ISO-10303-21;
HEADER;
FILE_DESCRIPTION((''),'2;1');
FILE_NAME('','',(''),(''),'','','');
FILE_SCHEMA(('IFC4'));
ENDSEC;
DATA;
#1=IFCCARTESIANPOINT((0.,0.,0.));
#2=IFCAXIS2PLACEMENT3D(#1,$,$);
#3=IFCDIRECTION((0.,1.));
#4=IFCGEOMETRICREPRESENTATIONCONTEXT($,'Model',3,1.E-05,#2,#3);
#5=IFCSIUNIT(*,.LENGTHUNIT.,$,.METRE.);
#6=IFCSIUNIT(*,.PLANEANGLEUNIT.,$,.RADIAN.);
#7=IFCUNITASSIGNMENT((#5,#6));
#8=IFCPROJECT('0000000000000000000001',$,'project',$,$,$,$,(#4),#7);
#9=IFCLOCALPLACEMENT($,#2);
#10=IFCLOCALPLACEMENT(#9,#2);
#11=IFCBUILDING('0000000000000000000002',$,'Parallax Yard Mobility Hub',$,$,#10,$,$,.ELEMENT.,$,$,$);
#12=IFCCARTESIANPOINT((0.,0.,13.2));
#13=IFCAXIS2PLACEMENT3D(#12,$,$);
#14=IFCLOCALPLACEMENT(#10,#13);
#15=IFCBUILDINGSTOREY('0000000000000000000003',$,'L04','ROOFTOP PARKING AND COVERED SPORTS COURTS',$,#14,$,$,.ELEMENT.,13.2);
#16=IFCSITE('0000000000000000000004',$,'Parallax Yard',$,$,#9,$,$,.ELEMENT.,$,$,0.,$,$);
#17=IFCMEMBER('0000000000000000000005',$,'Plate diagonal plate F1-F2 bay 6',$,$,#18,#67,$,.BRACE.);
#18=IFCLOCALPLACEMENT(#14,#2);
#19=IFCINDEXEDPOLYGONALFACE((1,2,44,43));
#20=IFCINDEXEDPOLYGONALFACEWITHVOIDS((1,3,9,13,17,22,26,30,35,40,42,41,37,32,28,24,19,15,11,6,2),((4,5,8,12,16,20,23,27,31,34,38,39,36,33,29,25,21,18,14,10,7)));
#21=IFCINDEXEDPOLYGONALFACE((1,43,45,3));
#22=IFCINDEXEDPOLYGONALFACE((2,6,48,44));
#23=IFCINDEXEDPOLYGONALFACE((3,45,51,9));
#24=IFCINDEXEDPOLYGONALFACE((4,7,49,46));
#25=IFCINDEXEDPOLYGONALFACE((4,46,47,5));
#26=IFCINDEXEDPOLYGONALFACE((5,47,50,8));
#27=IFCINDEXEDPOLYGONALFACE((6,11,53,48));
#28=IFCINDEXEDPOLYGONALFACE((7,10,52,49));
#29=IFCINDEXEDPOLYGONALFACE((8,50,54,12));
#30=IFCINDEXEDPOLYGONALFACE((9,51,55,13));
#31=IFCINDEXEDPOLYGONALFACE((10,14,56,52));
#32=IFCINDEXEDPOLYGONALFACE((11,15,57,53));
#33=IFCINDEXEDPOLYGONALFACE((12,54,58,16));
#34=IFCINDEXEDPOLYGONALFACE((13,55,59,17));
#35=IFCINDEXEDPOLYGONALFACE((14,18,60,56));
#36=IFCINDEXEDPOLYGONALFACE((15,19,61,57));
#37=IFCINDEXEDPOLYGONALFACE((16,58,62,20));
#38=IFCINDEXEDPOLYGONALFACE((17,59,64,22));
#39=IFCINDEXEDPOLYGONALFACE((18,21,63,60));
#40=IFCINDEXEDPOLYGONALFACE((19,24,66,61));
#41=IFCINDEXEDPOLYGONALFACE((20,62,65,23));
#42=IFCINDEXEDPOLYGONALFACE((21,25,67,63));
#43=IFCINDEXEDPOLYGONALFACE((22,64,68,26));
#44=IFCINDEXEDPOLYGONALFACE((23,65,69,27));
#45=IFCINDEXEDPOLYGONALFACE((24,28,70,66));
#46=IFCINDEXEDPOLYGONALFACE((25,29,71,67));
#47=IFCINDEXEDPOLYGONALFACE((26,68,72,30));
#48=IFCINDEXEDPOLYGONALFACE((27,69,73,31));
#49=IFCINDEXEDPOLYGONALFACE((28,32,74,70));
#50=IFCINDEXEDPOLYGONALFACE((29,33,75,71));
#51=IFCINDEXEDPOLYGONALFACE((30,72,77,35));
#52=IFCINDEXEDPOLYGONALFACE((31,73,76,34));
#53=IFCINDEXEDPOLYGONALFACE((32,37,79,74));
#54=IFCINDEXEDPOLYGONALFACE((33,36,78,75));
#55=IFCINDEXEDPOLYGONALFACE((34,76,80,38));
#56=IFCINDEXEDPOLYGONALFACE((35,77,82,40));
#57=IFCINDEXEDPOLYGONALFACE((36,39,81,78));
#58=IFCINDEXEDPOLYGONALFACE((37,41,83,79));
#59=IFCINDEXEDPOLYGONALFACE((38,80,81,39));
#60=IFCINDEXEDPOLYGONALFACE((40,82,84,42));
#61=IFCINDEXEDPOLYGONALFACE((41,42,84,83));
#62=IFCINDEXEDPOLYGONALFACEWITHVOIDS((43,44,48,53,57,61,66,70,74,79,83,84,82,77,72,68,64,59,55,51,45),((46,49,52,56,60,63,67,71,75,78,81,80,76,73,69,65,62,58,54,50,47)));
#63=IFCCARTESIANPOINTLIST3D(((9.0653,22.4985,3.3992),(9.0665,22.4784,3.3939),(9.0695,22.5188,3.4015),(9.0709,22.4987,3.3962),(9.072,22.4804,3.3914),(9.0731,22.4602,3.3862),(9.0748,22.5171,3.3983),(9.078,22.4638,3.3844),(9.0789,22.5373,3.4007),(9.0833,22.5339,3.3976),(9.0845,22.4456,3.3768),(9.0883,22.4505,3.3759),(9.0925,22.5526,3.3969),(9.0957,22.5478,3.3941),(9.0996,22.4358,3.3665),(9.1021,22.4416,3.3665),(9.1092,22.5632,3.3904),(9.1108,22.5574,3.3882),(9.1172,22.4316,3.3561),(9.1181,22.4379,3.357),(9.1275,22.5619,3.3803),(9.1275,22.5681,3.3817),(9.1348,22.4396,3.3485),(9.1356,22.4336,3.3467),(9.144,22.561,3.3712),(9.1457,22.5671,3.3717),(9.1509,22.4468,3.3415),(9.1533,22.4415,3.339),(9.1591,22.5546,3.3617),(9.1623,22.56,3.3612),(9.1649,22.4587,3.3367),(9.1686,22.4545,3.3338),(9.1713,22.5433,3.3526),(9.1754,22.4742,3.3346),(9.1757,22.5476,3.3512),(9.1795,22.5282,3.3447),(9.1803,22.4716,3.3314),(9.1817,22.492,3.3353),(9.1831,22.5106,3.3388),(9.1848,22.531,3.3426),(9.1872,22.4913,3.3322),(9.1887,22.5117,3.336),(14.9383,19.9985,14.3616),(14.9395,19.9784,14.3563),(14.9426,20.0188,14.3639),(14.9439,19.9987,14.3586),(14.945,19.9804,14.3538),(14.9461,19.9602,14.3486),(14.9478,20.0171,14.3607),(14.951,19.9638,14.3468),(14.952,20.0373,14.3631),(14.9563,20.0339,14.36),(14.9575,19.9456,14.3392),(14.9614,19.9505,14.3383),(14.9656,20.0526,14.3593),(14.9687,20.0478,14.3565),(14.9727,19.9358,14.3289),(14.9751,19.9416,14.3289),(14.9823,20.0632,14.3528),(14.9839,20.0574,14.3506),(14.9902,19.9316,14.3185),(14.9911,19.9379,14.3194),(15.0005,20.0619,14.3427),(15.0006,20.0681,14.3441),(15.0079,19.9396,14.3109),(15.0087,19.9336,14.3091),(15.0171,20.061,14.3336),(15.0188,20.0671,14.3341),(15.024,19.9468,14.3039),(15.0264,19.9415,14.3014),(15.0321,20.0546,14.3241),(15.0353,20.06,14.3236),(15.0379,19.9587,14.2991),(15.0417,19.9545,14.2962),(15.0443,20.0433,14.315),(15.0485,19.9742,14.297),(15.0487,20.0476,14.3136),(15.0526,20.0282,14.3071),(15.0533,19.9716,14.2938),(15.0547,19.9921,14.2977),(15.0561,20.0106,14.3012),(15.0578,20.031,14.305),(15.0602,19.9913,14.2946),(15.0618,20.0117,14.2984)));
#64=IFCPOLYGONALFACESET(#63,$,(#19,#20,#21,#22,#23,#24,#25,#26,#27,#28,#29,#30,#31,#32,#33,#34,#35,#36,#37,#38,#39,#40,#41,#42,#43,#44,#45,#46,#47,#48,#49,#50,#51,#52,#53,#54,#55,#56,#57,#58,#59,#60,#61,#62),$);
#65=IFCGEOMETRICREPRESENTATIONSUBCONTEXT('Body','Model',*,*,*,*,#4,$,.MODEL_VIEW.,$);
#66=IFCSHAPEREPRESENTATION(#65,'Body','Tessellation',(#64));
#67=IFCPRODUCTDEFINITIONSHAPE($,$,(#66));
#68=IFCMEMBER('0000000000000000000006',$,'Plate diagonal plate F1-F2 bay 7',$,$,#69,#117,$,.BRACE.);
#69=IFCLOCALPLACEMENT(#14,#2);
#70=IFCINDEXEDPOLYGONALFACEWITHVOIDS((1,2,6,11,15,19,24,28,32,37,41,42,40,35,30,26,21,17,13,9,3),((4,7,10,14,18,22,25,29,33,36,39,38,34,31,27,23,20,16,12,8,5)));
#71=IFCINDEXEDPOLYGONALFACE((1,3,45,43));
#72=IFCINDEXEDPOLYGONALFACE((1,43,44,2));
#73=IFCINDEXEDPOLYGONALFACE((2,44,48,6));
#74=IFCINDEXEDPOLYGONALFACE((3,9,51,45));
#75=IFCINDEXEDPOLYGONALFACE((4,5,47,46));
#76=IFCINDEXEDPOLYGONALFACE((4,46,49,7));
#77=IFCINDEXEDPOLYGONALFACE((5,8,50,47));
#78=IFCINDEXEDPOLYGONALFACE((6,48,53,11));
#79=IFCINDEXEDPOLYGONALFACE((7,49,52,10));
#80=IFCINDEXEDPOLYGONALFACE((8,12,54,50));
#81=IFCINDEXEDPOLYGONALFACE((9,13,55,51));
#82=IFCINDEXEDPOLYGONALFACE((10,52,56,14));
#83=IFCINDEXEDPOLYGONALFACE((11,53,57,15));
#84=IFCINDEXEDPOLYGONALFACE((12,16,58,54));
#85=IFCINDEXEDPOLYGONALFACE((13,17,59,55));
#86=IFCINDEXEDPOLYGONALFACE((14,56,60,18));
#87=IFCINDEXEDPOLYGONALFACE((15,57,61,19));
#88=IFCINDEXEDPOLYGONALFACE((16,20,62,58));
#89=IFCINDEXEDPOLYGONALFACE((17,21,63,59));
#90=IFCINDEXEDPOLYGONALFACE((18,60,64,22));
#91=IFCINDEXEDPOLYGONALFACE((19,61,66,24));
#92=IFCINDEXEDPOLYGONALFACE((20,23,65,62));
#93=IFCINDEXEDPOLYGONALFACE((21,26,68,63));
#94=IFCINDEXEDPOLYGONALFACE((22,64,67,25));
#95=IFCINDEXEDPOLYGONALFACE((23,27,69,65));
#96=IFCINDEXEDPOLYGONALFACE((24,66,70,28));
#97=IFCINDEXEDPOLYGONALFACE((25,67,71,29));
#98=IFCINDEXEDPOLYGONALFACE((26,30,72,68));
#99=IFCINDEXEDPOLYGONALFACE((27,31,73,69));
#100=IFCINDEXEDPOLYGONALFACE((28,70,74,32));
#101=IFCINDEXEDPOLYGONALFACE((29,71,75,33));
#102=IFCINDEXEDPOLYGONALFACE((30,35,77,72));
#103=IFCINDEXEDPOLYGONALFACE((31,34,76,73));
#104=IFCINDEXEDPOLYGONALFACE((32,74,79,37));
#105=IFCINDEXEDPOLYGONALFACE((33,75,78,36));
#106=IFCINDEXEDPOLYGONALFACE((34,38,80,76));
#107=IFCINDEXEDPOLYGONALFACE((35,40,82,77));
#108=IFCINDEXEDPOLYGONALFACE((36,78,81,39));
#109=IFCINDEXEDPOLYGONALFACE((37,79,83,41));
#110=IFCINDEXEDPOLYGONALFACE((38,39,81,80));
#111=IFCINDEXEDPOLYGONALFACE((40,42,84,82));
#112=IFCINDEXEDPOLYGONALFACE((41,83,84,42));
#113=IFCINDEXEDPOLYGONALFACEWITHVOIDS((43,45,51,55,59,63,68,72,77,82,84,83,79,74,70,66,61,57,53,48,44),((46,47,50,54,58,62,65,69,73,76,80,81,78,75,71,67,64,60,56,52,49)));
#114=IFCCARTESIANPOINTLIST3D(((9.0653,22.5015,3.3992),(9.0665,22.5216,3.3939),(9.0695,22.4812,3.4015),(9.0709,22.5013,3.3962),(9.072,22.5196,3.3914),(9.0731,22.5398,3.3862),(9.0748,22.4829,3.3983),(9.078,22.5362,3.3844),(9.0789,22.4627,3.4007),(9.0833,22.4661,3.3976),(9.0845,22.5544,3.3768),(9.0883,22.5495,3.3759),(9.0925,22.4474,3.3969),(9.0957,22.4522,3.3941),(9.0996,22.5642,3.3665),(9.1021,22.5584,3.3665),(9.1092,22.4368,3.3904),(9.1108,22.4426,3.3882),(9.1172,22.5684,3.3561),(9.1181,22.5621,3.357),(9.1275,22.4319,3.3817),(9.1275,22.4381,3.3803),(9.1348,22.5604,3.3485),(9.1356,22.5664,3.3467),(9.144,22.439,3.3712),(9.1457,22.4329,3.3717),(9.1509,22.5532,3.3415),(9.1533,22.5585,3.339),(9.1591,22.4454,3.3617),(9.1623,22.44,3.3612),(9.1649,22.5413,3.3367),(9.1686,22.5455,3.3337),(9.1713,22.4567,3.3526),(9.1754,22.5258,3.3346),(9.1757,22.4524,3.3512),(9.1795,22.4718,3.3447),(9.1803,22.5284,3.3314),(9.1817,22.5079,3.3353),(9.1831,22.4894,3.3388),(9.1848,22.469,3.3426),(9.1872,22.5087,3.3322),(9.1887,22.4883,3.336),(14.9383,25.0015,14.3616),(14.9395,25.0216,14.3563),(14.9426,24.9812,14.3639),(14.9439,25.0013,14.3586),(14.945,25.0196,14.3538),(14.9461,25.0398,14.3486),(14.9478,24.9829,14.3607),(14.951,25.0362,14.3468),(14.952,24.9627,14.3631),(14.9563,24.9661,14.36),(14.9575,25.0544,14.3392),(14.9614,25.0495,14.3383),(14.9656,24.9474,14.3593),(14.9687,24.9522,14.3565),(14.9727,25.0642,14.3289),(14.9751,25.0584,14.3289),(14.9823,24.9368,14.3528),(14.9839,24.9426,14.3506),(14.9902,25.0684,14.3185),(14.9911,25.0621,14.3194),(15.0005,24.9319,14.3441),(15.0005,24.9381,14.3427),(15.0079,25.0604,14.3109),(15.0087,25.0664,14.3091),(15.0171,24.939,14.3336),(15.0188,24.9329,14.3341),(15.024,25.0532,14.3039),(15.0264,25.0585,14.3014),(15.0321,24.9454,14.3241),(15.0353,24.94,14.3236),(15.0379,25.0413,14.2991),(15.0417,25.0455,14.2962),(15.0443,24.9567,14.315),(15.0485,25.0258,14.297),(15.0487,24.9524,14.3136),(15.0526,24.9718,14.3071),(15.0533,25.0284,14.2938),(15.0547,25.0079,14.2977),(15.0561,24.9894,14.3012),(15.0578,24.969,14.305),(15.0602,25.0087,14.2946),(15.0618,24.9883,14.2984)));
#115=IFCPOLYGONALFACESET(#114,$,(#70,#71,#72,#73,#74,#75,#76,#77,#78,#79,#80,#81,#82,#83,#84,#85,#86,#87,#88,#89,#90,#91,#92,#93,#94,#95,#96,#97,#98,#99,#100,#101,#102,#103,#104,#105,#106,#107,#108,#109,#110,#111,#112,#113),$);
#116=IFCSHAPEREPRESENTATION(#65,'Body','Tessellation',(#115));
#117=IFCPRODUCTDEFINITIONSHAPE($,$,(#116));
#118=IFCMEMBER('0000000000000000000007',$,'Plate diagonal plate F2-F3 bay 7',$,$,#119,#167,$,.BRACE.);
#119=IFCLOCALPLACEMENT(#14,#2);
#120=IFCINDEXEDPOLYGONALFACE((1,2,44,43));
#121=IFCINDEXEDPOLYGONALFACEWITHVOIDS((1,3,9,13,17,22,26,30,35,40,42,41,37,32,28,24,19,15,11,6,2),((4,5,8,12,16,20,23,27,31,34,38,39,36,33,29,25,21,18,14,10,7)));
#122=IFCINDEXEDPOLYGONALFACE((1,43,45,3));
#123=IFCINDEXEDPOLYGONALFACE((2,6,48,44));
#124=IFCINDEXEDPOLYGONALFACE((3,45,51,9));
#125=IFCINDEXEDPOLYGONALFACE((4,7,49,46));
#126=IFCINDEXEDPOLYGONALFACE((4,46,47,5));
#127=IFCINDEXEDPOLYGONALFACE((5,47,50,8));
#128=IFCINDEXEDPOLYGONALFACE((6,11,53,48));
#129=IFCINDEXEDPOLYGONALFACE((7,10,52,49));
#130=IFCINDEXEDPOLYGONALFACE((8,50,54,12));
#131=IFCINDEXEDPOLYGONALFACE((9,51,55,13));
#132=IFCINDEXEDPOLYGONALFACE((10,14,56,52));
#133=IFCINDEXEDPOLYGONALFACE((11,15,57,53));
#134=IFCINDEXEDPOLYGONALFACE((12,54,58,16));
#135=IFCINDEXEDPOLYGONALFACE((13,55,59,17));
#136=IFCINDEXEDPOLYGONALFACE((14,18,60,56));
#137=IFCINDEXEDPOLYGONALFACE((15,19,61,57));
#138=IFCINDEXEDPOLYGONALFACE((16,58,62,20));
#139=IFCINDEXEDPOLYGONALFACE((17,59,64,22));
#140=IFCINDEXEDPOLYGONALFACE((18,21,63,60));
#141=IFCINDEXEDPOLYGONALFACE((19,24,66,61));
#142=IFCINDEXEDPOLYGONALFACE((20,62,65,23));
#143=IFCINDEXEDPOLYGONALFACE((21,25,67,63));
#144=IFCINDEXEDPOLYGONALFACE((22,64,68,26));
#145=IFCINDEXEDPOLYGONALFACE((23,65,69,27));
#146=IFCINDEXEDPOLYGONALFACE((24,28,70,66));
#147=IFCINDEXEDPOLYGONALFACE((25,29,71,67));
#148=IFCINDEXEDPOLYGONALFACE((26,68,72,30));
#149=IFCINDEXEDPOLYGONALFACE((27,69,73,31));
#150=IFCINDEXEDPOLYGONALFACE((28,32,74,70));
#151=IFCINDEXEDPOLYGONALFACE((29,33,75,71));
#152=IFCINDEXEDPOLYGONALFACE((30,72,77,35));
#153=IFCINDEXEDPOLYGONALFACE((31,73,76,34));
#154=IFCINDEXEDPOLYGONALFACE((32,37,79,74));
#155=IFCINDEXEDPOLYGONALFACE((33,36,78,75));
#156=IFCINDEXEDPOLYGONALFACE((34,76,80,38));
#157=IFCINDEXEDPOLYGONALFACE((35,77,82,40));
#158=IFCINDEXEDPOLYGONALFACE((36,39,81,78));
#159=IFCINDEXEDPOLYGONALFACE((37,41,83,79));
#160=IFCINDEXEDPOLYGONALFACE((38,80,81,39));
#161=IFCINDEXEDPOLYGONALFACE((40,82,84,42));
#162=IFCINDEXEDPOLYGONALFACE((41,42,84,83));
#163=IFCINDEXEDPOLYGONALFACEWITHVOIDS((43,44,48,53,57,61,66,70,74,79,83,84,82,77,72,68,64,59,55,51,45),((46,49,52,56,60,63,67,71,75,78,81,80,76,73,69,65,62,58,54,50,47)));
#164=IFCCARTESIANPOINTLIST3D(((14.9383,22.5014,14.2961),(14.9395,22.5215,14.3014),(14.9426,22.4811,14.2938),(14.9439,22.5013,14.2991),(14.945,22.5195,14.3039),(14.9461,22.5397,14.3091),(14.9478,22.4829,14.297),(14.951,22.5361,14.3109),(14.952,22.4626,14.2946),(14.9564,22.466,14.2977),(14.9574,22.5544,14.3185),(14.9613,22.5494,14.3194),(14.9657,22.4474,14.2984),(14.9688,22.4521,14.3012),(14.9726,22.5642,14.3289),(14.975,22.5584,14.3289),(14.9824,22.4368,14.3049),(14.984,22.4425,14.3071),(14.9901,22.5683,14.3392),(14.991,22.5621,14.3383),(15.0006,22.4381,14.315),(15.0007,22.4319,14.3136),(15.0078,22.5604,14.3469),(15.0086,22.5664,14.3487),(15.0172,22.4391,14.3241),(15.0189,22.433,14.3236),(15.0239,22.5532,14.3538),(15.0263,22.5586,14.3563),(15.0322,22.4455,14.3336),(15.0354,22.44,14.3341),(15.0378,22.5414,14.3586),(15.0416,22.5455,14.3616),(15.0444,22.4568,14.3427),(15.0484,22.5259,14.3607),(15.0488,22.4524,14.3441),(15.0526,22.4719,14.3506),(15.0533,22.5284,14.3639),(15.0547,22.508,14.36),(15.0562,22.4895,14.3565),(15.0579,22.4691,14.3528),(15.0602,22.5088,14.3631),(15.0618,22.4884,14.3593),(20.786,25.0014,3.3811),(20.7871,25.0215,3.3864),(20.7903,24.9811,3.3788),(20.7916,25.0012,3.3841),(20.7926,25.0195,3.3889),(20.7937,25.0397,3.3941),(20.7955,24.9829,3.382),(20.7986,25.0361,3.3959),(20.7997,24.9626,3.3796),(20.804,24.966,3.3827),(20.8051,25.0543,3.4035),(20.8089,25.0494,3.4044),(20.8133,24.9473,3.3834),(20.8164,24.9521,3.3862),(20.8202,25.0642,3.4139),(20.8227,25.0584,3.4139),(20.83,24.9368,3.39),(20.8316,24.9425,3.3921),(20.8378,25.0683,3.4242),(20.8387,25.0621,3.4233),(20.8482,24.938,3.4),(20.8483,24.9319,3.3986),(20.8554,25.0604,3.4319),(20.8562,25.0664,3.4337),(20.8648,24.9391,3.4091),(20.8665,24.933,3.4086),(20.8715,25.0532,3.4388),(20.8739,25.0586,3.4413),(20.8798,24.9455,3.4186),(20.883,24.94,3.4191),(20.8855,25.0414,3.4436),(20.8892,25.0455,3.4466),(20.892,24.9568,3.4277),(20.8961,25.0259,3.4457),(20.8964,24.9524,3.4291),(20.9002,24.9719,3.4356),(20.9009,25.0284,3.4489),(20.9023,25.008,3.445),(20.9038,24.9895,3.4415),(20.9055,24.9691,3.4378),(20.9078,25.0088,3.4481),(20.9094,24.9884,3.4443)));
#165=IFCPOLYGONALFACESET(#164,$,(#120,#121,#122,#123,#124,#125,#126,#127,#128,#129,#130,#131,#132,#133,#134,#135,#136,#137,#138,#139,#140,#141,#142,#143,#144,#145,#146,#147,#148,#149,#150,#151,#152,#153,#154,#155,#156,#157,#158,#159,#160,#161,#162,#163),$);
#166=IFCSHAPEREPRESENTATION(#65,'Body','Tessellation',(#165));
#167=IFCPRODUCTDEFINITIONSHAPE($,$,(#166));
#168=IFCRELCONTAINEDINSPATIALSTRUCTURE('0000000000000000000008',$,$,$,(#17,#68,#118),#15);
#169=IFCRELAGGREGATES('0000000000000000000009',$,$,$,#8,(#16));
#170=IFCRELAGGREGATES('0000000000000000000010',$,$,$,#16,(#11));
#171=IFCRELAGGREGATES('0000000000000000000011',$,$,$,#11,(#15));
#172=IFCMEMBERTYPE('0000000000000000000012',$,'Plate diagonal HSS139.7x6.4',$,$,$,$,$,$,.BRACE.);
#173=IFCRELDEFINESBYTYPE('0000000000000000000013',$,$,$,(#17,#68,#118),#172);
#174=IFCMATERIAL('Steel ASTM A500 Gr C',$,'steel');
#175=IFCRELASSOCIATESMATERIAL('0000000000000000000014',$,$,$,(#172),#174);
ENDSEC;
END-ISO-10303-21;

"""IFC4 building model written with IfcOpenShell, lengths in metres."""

from ifc_helpers import new_model, si_unit, direction, frame, origin, origin_2d, place, context, subcontext, project, spatial, hollow_circle, extrude, material, material_profile, profile_set, type_object, element, save


model = new_model("IFC4")

# Units and contexts
model_context = context("Model", 3, precision=1e-05, world=origin(), true_north=direction((0.0, 1.0)))
body_context = subcontext(model_context, "Body", "Model", "MODEL_VIEW")
ifc_project = project(units=[si_unit("LENGTHUNIT", "METRE"), si_unit("PLANEANGLEUNIT", "RADIAN")], contexts=[model_context])

# Site, building, storey
site_placement = place(None, origin())
site = spatial("IfcSite", under=ifc_project, at=site_placement, Name="Parallax Yard", CompositionType="ELEMENT", RefElevation=0.0)
building_placement = place(site_placement, origin())
building = spatial("IfcBuilding", under=site, at=building_placement, Name="Parallax Yard Mobility Hub", CompositionType="ELEMENT")
storey_placement = place(building_placement, frame((0.0, 0.0, 13.2)))
storey = spatial("IfcBuildingStorey", under=building, at=storey_placement, Name="L04", Description="ROOFTOP PARKING AND COVERED SPORTS COURTS", CompositionType="ELEMENT", Elevation=13.2)

# Members
ifc_material_1 = material(Name="Steel ASTM A500 Gr C", Category="steel")
ifc_material_profile_1 = material_profile(ifc_material_1, hollow_circle(Radius=0.0698, WallThickness=0.0063, at=origin_2d()), Name="HSS139.7x6.4")
ifc_profile_set_1 = profile_set([ifc_material_profile_1], Name="Steel ASTM A500 Gr C")
member_type_1 = type_object("IfcMemberType", Name="Plate diagonal HSS139.7x6.4", PredefinedType="BRACE", material=ifc_profile_set_1)
for number, where, z_axis, x_axis, name in (
    (1, (15.0, 20.0, 14.3289), (-0.46298, 0.197078, -0.864181), (-0.391665, -0.920108, 0.0), "Plate diagonal plate F1-F2 bay 6"),
    (2, (9.127, 22.5, 3.3665), (0.46298, 0.197078, 0.864181), (-0.391665, 0.920108, 0.0), "Plate diagonal plate F1-F2 bay 7"),
):
    element("IfcMember", number, at=place(storey_placement, frame(where, z_axis=z_axis, x_axis=x_axis)), inside=storey, type_object=member_type_1, Name=name, PredefinedType="BRACE", context=body_context, shape_type="SweptSolid", body=[
        extrude(hollow_circle(Radius=0.0698, WallThickness=0.0063, at=origin_2d()), origin(), (0.0, 0.0, 1.0), 12.6853),
    ])
member_1_placement = place(storey_placement, frame((15.0, 22.5, 14.3289), z_axis=(0.462901, 0.1979, -0.864036), x_axis=(-0.393104, 0.919494, 0.0)))
element("IfcMember", 3, at=member_1_placement, inside=storey, type_object=member_type_1, Name="Plate diagonal plate F2-F3 bay 7", PredefinedType="BRACE", context=body_context, shape_type="SweptSolid", body=[
    extrude(hollow_circle(Radius=0.0698, WallThickness=0.0063, at=origin_2d()), origin(), (0.0, 0.0, 1.0), 12.6326),
])

save(model, "model.ifc")
